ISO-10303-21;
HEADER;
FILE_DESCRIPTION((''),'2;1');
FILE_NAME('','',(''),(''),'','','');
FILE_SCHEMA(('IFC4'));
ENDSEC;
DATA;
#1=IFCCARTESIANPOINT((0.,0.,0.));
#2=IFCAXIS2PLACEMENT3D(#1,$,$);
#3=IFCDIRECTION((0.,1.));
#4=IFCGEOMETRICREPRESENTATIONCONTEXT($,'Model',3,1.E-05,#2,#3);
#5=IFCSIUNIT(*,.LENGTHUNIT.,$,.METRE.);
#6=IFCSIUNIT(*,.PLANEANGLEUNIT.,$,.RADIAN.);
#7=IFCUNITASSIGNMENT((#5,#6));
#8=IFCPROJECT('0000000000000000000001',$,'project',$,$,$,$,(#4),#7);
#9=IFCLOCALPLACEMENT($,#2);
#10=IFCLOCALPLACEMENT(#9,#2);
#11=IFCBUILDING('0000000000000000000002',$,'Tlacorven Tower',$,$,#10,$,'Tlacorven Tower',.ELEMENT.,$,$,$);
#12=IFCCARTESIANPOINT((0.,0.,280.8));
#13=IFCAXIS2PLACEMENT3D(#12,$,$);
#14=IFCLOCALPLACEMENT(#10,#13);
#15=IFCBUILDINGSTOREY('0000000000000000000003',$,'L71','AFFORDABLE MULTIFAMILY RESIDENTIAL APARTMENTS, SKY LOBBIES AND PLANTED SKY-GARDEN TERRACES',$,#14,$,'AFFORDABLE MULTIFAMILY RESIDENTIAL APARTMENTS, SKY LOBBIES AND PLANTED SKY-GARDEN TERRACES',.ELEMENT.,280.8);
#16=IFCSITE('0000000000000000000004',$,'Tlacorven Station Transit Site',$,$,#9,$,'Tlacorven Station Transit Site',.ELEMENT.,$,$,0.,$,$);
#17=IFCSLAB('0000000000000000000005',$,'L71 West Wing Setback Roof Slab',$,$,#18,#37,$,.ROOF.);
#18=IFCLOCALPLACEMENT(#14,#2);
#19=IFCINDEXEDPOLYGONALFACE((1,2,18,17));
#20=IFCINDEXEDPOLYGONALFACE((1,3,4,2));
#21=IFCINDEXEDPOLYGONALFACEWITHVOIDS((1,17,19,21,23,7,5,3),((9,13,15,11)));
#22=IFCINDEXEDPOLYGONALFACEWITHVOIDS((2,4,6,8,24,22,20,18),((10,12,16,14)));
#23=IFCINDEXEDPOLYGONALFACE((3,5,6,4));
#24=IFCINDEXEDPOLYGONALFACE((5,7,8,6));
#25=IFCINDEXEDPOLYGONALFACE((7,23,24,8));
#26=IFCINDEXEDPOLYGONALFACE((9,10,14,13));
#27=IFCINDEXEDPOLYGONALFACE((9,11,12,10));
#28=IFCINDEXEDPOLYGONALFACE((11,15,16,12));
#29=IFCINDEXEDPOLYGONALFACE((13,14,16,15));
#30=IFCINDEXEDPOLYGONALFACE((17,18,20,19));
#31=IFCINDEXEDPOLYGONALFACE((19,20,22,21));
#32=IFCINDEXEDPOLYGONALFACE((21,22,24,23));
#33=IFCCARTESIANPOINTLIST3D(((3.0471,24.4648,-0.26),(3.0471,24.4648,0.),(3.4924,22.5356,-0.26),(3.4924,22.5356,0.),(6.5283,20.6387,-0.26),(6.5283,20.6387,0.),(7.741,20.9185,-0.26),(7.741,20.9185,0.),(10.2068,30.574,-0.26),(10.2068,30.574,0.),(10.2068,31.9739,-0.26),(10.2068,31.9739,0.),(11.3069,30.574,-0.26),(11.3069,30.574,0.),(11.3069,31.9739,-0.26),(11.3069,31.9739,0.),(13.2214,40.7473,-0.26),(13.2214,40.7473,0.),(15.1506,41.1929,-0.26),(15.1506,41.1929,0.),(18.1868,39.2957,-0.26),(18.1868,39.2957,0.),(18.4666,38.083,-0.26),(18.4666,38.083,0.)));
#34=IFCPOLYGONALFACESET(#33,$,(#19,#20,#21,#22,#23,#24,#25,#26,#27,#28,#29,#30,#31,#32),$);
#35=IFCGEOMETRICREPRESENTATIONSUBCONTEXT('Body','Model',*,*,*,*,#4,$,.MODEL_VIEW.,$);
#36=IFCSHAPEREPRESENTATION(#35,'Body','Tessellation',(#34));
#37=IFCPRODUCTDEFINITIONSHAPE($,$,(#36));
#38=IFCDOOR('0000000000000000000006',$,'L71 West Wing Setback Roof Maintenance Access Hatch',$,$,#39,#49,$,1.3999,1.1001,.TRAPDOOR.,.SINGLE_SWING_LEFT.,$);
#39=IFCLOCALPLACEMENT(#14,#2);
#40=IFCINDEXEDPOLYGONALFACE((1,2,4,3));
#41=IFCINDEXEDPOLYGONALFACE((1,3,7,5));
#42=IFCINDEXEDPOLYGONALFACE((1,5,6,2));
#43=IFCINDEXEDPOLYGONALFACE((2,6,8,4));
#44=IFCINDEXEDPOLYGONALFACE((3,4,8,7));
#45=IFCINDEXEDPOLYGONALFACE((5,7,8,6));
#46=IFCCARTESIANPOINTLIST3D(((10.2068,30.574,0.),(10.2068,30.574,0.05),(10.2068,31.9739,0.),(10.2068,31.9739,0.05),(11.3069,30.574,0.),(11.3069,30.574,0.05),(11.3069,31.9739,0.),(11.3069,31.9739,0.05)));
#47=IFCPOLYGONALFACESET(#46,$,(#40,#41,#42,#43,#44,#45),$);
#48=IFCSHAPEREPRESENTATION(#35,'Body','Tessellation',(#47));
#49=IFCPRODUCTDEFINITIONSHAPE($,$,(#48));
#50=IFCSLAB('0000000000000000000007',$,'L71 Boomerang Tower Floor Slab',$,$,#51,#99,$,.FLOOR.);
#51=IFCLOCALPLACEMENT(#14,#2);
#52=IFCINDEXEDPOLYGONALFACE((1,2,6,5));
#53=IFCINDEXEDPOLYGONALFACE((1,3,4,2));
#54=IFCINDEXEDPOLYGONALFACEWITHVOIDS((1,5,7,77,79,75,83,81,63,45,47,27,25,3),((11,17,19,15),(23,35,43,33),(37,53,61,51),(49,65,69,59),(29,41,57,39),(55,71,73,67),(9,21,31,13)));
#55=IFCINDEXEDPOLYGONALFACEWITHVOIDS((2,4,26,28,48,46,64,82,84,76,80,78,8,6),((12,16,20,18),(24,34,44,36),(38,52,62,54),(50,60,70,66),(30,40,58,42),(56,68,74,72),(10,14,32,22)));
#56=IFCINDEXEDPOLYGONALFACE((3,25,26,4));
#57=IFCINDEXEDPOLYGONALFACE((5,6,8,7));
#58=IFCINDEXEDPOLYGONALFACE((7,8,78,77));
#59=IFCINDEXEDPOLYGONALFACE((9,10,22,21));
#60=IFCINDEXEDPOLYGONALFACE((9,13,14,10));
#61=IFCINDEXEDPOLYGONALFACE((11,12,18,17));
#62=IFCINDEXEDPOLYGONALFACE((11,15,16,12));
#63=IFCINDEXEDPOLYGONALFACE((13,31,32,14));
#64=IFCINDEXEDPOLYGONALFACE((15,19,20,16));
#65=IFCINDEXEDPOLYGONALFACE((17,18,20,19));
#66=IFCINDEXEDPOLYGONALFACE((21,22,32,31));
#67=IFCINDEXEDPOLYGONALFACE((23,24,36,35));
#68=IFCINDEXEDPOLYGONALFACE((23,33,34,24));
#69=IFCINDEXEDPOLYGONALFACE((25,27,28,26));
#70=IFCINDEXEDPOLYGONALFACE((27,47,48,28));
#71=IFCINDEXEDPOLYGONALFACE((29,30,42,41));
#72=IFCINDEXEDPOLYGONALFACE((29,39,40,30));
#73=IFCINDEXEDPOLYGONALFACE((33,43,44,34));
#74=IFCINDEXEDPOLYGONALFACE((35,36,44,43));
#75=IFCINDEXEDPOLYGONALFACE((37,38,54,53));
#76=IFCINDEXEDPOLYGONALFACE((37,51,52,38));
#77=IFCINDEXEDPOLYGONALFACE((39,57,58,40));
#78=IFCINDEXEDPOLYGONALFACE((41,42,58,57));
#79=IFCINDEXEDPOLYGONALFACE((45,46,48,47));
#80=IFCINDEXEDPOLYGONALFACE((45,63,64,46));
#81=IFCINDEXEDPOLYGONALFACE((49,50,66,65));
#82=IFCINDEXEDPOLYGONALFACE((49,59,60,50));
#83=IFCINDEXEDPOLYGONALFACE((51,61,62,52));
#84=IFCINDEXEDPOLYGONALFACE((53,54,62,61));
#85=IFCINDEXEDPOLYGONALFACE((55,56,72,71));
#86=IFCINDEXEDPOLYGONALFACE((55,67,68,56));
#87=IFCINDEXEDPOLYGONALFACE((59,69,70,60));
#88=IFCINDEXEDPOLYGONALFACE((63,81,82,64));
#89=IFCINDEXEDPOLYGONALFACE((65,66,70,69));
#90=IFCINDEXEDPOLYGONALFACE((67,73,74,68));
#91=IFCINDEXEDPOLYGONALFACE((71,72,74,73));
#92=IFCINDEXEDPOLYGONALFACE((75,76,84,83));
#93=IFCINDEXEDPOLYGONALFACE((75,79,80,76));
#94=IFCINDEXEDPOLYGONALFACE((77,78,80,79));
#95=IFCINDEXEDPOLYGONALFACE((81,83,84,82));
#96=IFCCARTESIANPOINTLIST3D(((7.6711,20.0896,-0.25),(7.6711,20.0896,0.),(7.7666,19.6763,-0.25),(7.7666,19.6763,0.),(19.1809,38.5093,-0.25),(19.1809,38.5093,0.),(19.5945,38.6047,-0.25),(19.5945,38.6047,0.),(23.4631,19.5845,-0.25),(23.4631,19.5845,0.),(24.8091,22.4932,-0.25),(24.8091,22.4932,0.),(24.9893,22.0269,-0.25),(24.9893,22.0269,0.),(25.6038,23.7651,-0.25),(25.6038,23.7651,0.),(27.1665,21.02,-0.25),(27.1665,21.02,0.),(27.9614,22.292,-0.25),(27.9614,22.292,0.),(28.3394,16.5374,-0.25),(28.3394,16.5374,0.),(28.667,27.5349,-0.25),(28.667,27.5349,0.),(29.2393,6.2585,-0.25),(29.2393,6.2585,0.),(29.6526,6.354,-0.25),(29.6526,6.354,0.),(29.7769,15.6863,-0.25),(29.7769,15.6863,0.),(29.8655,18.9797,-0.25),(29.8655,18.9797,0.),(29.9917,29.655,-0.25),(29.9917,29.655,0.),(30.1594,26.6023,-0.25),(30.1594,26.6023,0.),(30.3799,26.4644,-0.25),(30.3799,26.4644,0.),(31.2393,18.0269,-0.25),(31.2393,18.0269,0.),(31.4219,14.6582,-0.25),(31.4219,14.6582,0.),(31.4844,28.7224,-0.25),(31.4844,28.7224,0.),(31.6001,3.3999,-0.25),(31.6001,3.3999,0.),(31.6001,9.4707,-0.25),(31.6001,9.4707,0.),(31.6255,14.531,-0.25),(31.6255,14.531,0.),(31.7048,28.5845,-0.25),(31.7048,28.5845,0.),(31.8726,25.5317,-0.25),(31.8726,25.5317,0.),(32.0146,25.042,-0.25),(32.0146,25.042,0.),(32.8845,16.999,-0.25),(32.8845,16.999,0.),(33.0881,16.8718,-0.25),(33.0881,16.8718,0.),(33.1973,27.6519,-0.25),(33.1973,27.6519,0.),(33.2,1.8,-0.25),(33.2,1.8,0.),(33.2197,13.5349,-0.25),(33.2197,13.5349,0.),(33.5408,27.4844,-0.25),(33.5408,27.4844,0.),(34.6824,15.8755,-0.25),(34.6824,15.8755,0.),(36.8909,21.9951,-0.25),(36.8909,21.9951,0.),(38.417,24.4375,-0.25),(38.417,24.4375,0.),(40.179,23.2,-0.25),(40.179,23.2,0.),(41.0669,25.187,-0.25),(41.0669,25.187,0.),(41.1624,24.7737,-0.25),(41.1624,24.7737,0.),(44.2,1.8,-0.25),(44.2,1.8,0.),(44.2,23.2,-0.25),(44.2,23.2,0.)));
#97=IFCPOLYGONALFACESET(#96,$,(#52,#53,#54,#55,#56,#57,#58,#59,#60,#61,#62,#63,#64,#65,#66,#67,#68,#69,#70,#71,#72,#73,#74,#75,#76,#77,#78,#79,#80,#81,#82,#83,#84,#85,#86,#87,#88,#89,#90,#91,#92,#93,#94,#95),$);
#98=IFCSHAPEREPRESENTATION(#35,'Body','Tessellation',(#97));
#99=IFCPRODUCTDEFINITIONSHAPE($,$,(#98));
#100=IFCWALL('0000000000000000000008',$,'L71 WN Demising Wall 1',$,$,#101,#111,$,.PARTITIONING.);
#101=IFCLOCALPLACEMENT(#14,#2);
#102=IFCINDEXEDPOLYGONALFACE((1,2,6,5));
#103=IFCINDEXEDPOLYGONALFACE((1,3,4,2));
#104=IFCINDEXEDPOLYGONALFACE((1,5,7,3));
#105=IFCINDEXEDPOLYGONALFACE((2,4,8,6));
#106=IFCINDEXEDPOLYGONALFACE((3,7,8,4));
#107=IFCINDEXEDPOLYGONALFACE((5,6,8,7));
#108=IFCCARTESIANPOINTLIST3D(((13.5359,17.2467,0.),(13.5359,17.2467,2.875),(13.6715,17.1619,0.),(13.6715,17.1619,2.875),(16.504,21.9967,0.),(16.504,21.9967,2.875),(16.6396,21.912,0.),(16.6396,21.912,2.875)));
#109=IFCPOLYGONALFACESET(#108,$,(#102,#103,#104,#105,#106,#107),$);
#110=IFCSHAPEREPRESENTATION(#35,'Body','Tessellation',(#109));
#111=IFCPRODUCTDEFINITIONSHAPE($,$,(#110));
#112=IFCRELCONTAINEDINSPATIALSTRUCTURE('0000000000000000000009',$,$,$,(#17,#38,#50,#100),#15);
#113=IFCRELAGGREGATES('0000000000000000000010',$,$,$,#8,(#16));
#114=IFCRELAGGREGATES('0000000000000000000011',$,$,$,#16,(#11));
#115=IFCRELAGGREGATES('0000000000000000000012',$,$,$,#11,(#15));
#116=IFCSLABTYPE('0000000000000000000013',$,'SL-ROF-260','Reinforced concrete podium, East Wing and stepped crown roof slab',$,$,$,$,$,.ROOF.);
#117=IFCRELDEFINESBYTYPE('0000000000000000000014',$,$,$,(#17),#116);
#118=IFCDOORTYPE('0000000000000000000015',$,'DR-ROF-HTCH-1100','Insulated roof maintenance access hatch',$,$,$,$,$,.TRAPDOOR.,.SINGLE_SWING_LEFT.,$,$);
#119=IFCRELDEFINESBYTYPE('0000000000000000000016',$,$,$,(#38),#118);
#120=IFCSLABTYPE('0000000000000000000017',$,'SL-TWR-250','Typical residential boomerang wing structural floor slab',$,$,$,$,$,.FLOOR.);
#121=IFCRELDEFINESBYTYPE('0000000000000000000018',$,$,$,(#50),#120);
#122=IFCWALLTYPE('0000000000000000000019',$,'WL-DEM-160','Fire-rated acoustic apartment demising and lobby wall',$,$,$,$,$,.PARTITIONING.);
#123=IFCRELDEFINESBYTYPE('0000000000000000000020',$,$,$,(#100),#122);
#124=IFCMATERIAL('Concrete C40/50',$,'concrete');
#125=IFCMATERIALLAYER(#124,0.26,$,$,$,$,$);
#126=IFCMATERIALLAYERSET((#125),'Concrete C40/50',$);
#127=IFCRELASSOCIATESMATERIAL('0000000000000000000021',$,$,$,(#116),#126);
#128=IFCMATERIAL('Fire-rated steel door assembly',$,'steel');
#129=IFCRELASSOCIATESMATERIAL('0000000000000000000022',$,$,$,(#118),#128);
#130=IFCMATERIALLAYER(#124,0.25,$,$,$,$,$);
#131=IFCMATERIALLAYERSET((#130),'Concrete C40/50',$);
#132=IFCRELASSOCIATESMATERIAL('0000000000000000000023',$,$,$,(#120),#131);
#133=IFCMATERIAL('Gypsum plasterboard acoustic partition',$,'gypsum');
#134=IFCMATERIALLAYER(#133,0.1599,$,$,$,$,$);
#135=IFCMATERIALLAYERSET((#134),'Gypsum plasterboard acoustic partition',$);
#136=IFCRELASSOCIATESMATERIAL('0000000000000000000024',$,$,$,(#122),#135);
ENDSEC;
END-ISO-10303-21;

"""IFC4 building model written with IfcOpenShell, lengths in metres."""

from ifc_helpers import new_model, si_unit, direction, frame, frame_2d, origin, origin_2d, place, context, subcontext, project, spatial, polyline, rectangle, outline, extrude, material, layer, layer_set, type_object, element, fill, save


model = new_model("IFC4")

# Units and contexts
model_context = context("Model", 3, precision=1e-05, world=origin(), true_north=direction((0.0, 1.0)))
body_context = subcontext(model_context, "Body", "Model", "MODEL_VIEW")
ifc_project = project(units=[si_unit("LENGTHUNIT", "METRE"), si_unit("PLANEANGLEUNIT", "RADIAN")], contexts=[model_context])

# Site, building, storey
site_placement = place(None, origin())
site = spatial("IfcSite", under=ifc_project, at=site_placement, Name="Tlacorven Station Transit Site", LongName="Tlacorven Station Transit Site", CompositionType="ELEMENT", RefElevation=0.0)
building_placement = place(site_placement, origin())
building = spatial("IfcBuilding", under=site, at=building_placement, Name="Tlacorven Tower", LongName="Tlacorven Tower", CompositionType="ELEMENT")
storey_placement = place(building_placement, frame((0.0, 0.0, 280.8)))
storey = spatial("IfcBuildingStorey", under=building, at=storey_placement, Name="L71", Description="AFFORDABLE MULTIFAMILY RESIDENTIAL APARTMENTS, SKY LOBBIES AND PLANTED SKY-GARDEN TERRACES", LongName="AFFORDABLE MULTIFAMILY RESIDENTIAL APARTMENTS, SKY LOBBIES AND PLANTED SKY-GARDEN TERRACES", CompositionType="ELEMENT", Elevation=280.8)

# Shared definitions
ifc_material_1 = material(Name="Concrete C40/50", Category="concrete")

# Slab, opening, door
ifc_layer_1 = layer(ifc_material_1, 0.26)
ifc_layer_set_1 = layer_set([ifc_layer_1], Name="Concrete C40/50")
slab_type_1 = type_object("IfcSlabType", Name="SL-ROF-260", Description="Reinforced concrete podium, East Wing and stepped crown roof slab", PredefinedType="ROOF", material=ifc_layer_set_1)
slab_1_placement = place(storey_placement, frame((0.0, 0.0, -0.26)))
slab_1 = element("IfcSlab", 1, at=slab_1_placement, inside=storey, type_object=slab_type_1, Name="L71 West Wing Setback Roof Slab", PredefinedType="ROOF", context=body_context, shape_type="SweptSolid", body=[
    extrude(outline(polyline([(6.5283, 20.6387), (3.4924, 22.5356), (3.0471, 24.4648), (13.2214, 40.7473), (15.1506, 41.1929), (18.1868, 39.2957), (18.4666, 38.083), (7.741, 20.9185), (6.5283, 20.6387)])), origin(), (0.0, 0.0, 1.0), 0.26),
])
opening_1_placement = place(slab_1_placement, frame((10.7568, 31.2739, 0.0)))
opening_1 = element("IfcOpeningElement", 2, at=opening_1_placement, cuts=slab_1, PredefinedType="OPENING", context=body_context, shape_type="SweptSolid", body=[
    extrude(rectangle(XDim=1.1001, YDim=1.3999, at=origin_2d()), frame((0.0, 0.0, -0.01)), (0.0, 0.0, 1.0), 0.3501),
])
ifc_material_2 = material(Name="Fire-rated steel door assembly", Category="steel")
door_type = type_object("IfcDoorType", Name="DR-ROF-HTCH-1100", Description="Insulated roof maintenance access hatch", OperationType="SINGLE_SWING_LEFT", PredefinedType="TRAPDOOR", material=ifc_material_2)
door_placement = place(opening_1_placement, frame((0.0, 0.0, 0.26)))
door = element("IfcDoor", 3, at=door_placement, inside=storey, type_object=door_type, Name="L71 West Wing Setback Roof Maintenance Access Hatch", OperationType="SINGLE_SWING_LEFT", OverallHeight=1.3999, OverallWidth=1.1001, PredefinedType="TRAPDOOR", context=body_context, shape_type="SweptSolid", body=[
    extrude(rectangle(XDim=1.1001, YDim=1.3999, at=origin_2d()), origin(), (0.0, 0.0, 1.0), 0.05),
])
fill(opening_1, door)

# Slab
ifc_layer_2 = layer(ifc_material_1, 0.25)
ifc_layer_set_2 = layer_set([ifc_layer_2], Name="Concrete C40/50")
slab_type_2 = type_object("IfcSlabType", Name="SL-TWR-250", Description="Typical residential boomerang wing structural floor slab", PredefinedType="FLOOR", material=ifc_layer_set_2)
slab_2_placement = place(storey_placement, frame((0.0, 0.0, -0.25)))
element("IfcSlab", 4, at=slab_2_placement, inside=storey, type_object=slab_type_2, Name="L71 Boomerang Tower Floor Slab", PredefinedType="FLOOR", context=body_context, shape_type="SweptSolid", body=[
    extrude(outline(polyline([(44.2, 23.2), (44.2, 1.8), (33.2, 1.8), (31.6001, 3.3999), (31.6001, 9.4707), (29.6526, 6.354), (29.2393, 6.2585), (7.7666, 19.6763), (7.6711, 20.0896), (19.1809, 38.5093), (19.5945, 38.6047), (41.0669, 25.187), (41.1624, 24.7737), (40.179, 23.2), (44.2, 23.2)]), holes=[polyline([(29.8655, 18.9797), (24.9893, 22.0269), (23.4631, 19.5845), (28.3394, 16.5374), (29.8655, 18.9797)]), polyline([(38.417, 24.4375), (33.5408, 27.4844), (32.0146, 25.042), (36.8909, 21.9951), (38.417, 24.4375)]), polyline([(34.6824, 15.8755), (33.0881, 16.8718), (31.6255, 14.531), (33.2197, 13.5349), (34.6824, 15.8755)]), polyline([(32.8845, 16.999), (31.2393, 18.0269), (29.7769, 15.6863), (31.4219, 14.6582), (32.8845, 16.999)]), polyline([(33.1973, 27.6519), (31.7048, 28.5845), (30.3799, 26.4644), (31.8726, 25.5317), (33.1973, 27.6519)]), polyline([(31.4844, 28.7224), (29.9917, 29.655), (28.667, 27.5349), (30.1594, 26.6023), (31.4844, 28.7224)]), polyline([(27.9614, 22.292), (25.6038, 23.7651), (24.8091, 22.4932), (27.1665, 21.02), (27.9614, 22.292)])]), origin(), (0.0, 0.0, 1.0), 0.25),
])

# Wall
ifc_material_3 = material(Name="Gypsum plasterboard acoustic partition", Category="gypsum")
ifc_layer_3 = layer(ifc_material_3, 0.1599)
ifc_layer_set_3 = layer_set([ifc_layer_3], Name="Gypsum plasterboard acoustic partition")
wall_type_1 = type_object("IfcWallType", Name="WL-DEM-160", Description="Fire-rated acoustic apartment demising and lobby wall", PredefinedType="PARTITIONING", material=ifc_layer_set_3)
wall_1_placement = place(storey_placement, frame((16.5718, 21.9543, 0.0), z_axis=(0.0, 0.0, 1.0), x_axis=(-0.529905, -0.848057, 0.0)))
element("IfcWall", 5, at=wall_1_placement, inside=storey, type_object=wall_type_1, Name="L71 WN Demising Wall 1", PredefinedType="PARTITIONING", context=body_context, shape_type="SweptSolid", body=[
    extrude(rectangle(XDim=5.6011, YDim=0.1599, at=frame_2d((2.8005, 0.0))), origin(), (0.0, 0.0, 1.0), 2.875),
])

save(model, "model.ifc")
